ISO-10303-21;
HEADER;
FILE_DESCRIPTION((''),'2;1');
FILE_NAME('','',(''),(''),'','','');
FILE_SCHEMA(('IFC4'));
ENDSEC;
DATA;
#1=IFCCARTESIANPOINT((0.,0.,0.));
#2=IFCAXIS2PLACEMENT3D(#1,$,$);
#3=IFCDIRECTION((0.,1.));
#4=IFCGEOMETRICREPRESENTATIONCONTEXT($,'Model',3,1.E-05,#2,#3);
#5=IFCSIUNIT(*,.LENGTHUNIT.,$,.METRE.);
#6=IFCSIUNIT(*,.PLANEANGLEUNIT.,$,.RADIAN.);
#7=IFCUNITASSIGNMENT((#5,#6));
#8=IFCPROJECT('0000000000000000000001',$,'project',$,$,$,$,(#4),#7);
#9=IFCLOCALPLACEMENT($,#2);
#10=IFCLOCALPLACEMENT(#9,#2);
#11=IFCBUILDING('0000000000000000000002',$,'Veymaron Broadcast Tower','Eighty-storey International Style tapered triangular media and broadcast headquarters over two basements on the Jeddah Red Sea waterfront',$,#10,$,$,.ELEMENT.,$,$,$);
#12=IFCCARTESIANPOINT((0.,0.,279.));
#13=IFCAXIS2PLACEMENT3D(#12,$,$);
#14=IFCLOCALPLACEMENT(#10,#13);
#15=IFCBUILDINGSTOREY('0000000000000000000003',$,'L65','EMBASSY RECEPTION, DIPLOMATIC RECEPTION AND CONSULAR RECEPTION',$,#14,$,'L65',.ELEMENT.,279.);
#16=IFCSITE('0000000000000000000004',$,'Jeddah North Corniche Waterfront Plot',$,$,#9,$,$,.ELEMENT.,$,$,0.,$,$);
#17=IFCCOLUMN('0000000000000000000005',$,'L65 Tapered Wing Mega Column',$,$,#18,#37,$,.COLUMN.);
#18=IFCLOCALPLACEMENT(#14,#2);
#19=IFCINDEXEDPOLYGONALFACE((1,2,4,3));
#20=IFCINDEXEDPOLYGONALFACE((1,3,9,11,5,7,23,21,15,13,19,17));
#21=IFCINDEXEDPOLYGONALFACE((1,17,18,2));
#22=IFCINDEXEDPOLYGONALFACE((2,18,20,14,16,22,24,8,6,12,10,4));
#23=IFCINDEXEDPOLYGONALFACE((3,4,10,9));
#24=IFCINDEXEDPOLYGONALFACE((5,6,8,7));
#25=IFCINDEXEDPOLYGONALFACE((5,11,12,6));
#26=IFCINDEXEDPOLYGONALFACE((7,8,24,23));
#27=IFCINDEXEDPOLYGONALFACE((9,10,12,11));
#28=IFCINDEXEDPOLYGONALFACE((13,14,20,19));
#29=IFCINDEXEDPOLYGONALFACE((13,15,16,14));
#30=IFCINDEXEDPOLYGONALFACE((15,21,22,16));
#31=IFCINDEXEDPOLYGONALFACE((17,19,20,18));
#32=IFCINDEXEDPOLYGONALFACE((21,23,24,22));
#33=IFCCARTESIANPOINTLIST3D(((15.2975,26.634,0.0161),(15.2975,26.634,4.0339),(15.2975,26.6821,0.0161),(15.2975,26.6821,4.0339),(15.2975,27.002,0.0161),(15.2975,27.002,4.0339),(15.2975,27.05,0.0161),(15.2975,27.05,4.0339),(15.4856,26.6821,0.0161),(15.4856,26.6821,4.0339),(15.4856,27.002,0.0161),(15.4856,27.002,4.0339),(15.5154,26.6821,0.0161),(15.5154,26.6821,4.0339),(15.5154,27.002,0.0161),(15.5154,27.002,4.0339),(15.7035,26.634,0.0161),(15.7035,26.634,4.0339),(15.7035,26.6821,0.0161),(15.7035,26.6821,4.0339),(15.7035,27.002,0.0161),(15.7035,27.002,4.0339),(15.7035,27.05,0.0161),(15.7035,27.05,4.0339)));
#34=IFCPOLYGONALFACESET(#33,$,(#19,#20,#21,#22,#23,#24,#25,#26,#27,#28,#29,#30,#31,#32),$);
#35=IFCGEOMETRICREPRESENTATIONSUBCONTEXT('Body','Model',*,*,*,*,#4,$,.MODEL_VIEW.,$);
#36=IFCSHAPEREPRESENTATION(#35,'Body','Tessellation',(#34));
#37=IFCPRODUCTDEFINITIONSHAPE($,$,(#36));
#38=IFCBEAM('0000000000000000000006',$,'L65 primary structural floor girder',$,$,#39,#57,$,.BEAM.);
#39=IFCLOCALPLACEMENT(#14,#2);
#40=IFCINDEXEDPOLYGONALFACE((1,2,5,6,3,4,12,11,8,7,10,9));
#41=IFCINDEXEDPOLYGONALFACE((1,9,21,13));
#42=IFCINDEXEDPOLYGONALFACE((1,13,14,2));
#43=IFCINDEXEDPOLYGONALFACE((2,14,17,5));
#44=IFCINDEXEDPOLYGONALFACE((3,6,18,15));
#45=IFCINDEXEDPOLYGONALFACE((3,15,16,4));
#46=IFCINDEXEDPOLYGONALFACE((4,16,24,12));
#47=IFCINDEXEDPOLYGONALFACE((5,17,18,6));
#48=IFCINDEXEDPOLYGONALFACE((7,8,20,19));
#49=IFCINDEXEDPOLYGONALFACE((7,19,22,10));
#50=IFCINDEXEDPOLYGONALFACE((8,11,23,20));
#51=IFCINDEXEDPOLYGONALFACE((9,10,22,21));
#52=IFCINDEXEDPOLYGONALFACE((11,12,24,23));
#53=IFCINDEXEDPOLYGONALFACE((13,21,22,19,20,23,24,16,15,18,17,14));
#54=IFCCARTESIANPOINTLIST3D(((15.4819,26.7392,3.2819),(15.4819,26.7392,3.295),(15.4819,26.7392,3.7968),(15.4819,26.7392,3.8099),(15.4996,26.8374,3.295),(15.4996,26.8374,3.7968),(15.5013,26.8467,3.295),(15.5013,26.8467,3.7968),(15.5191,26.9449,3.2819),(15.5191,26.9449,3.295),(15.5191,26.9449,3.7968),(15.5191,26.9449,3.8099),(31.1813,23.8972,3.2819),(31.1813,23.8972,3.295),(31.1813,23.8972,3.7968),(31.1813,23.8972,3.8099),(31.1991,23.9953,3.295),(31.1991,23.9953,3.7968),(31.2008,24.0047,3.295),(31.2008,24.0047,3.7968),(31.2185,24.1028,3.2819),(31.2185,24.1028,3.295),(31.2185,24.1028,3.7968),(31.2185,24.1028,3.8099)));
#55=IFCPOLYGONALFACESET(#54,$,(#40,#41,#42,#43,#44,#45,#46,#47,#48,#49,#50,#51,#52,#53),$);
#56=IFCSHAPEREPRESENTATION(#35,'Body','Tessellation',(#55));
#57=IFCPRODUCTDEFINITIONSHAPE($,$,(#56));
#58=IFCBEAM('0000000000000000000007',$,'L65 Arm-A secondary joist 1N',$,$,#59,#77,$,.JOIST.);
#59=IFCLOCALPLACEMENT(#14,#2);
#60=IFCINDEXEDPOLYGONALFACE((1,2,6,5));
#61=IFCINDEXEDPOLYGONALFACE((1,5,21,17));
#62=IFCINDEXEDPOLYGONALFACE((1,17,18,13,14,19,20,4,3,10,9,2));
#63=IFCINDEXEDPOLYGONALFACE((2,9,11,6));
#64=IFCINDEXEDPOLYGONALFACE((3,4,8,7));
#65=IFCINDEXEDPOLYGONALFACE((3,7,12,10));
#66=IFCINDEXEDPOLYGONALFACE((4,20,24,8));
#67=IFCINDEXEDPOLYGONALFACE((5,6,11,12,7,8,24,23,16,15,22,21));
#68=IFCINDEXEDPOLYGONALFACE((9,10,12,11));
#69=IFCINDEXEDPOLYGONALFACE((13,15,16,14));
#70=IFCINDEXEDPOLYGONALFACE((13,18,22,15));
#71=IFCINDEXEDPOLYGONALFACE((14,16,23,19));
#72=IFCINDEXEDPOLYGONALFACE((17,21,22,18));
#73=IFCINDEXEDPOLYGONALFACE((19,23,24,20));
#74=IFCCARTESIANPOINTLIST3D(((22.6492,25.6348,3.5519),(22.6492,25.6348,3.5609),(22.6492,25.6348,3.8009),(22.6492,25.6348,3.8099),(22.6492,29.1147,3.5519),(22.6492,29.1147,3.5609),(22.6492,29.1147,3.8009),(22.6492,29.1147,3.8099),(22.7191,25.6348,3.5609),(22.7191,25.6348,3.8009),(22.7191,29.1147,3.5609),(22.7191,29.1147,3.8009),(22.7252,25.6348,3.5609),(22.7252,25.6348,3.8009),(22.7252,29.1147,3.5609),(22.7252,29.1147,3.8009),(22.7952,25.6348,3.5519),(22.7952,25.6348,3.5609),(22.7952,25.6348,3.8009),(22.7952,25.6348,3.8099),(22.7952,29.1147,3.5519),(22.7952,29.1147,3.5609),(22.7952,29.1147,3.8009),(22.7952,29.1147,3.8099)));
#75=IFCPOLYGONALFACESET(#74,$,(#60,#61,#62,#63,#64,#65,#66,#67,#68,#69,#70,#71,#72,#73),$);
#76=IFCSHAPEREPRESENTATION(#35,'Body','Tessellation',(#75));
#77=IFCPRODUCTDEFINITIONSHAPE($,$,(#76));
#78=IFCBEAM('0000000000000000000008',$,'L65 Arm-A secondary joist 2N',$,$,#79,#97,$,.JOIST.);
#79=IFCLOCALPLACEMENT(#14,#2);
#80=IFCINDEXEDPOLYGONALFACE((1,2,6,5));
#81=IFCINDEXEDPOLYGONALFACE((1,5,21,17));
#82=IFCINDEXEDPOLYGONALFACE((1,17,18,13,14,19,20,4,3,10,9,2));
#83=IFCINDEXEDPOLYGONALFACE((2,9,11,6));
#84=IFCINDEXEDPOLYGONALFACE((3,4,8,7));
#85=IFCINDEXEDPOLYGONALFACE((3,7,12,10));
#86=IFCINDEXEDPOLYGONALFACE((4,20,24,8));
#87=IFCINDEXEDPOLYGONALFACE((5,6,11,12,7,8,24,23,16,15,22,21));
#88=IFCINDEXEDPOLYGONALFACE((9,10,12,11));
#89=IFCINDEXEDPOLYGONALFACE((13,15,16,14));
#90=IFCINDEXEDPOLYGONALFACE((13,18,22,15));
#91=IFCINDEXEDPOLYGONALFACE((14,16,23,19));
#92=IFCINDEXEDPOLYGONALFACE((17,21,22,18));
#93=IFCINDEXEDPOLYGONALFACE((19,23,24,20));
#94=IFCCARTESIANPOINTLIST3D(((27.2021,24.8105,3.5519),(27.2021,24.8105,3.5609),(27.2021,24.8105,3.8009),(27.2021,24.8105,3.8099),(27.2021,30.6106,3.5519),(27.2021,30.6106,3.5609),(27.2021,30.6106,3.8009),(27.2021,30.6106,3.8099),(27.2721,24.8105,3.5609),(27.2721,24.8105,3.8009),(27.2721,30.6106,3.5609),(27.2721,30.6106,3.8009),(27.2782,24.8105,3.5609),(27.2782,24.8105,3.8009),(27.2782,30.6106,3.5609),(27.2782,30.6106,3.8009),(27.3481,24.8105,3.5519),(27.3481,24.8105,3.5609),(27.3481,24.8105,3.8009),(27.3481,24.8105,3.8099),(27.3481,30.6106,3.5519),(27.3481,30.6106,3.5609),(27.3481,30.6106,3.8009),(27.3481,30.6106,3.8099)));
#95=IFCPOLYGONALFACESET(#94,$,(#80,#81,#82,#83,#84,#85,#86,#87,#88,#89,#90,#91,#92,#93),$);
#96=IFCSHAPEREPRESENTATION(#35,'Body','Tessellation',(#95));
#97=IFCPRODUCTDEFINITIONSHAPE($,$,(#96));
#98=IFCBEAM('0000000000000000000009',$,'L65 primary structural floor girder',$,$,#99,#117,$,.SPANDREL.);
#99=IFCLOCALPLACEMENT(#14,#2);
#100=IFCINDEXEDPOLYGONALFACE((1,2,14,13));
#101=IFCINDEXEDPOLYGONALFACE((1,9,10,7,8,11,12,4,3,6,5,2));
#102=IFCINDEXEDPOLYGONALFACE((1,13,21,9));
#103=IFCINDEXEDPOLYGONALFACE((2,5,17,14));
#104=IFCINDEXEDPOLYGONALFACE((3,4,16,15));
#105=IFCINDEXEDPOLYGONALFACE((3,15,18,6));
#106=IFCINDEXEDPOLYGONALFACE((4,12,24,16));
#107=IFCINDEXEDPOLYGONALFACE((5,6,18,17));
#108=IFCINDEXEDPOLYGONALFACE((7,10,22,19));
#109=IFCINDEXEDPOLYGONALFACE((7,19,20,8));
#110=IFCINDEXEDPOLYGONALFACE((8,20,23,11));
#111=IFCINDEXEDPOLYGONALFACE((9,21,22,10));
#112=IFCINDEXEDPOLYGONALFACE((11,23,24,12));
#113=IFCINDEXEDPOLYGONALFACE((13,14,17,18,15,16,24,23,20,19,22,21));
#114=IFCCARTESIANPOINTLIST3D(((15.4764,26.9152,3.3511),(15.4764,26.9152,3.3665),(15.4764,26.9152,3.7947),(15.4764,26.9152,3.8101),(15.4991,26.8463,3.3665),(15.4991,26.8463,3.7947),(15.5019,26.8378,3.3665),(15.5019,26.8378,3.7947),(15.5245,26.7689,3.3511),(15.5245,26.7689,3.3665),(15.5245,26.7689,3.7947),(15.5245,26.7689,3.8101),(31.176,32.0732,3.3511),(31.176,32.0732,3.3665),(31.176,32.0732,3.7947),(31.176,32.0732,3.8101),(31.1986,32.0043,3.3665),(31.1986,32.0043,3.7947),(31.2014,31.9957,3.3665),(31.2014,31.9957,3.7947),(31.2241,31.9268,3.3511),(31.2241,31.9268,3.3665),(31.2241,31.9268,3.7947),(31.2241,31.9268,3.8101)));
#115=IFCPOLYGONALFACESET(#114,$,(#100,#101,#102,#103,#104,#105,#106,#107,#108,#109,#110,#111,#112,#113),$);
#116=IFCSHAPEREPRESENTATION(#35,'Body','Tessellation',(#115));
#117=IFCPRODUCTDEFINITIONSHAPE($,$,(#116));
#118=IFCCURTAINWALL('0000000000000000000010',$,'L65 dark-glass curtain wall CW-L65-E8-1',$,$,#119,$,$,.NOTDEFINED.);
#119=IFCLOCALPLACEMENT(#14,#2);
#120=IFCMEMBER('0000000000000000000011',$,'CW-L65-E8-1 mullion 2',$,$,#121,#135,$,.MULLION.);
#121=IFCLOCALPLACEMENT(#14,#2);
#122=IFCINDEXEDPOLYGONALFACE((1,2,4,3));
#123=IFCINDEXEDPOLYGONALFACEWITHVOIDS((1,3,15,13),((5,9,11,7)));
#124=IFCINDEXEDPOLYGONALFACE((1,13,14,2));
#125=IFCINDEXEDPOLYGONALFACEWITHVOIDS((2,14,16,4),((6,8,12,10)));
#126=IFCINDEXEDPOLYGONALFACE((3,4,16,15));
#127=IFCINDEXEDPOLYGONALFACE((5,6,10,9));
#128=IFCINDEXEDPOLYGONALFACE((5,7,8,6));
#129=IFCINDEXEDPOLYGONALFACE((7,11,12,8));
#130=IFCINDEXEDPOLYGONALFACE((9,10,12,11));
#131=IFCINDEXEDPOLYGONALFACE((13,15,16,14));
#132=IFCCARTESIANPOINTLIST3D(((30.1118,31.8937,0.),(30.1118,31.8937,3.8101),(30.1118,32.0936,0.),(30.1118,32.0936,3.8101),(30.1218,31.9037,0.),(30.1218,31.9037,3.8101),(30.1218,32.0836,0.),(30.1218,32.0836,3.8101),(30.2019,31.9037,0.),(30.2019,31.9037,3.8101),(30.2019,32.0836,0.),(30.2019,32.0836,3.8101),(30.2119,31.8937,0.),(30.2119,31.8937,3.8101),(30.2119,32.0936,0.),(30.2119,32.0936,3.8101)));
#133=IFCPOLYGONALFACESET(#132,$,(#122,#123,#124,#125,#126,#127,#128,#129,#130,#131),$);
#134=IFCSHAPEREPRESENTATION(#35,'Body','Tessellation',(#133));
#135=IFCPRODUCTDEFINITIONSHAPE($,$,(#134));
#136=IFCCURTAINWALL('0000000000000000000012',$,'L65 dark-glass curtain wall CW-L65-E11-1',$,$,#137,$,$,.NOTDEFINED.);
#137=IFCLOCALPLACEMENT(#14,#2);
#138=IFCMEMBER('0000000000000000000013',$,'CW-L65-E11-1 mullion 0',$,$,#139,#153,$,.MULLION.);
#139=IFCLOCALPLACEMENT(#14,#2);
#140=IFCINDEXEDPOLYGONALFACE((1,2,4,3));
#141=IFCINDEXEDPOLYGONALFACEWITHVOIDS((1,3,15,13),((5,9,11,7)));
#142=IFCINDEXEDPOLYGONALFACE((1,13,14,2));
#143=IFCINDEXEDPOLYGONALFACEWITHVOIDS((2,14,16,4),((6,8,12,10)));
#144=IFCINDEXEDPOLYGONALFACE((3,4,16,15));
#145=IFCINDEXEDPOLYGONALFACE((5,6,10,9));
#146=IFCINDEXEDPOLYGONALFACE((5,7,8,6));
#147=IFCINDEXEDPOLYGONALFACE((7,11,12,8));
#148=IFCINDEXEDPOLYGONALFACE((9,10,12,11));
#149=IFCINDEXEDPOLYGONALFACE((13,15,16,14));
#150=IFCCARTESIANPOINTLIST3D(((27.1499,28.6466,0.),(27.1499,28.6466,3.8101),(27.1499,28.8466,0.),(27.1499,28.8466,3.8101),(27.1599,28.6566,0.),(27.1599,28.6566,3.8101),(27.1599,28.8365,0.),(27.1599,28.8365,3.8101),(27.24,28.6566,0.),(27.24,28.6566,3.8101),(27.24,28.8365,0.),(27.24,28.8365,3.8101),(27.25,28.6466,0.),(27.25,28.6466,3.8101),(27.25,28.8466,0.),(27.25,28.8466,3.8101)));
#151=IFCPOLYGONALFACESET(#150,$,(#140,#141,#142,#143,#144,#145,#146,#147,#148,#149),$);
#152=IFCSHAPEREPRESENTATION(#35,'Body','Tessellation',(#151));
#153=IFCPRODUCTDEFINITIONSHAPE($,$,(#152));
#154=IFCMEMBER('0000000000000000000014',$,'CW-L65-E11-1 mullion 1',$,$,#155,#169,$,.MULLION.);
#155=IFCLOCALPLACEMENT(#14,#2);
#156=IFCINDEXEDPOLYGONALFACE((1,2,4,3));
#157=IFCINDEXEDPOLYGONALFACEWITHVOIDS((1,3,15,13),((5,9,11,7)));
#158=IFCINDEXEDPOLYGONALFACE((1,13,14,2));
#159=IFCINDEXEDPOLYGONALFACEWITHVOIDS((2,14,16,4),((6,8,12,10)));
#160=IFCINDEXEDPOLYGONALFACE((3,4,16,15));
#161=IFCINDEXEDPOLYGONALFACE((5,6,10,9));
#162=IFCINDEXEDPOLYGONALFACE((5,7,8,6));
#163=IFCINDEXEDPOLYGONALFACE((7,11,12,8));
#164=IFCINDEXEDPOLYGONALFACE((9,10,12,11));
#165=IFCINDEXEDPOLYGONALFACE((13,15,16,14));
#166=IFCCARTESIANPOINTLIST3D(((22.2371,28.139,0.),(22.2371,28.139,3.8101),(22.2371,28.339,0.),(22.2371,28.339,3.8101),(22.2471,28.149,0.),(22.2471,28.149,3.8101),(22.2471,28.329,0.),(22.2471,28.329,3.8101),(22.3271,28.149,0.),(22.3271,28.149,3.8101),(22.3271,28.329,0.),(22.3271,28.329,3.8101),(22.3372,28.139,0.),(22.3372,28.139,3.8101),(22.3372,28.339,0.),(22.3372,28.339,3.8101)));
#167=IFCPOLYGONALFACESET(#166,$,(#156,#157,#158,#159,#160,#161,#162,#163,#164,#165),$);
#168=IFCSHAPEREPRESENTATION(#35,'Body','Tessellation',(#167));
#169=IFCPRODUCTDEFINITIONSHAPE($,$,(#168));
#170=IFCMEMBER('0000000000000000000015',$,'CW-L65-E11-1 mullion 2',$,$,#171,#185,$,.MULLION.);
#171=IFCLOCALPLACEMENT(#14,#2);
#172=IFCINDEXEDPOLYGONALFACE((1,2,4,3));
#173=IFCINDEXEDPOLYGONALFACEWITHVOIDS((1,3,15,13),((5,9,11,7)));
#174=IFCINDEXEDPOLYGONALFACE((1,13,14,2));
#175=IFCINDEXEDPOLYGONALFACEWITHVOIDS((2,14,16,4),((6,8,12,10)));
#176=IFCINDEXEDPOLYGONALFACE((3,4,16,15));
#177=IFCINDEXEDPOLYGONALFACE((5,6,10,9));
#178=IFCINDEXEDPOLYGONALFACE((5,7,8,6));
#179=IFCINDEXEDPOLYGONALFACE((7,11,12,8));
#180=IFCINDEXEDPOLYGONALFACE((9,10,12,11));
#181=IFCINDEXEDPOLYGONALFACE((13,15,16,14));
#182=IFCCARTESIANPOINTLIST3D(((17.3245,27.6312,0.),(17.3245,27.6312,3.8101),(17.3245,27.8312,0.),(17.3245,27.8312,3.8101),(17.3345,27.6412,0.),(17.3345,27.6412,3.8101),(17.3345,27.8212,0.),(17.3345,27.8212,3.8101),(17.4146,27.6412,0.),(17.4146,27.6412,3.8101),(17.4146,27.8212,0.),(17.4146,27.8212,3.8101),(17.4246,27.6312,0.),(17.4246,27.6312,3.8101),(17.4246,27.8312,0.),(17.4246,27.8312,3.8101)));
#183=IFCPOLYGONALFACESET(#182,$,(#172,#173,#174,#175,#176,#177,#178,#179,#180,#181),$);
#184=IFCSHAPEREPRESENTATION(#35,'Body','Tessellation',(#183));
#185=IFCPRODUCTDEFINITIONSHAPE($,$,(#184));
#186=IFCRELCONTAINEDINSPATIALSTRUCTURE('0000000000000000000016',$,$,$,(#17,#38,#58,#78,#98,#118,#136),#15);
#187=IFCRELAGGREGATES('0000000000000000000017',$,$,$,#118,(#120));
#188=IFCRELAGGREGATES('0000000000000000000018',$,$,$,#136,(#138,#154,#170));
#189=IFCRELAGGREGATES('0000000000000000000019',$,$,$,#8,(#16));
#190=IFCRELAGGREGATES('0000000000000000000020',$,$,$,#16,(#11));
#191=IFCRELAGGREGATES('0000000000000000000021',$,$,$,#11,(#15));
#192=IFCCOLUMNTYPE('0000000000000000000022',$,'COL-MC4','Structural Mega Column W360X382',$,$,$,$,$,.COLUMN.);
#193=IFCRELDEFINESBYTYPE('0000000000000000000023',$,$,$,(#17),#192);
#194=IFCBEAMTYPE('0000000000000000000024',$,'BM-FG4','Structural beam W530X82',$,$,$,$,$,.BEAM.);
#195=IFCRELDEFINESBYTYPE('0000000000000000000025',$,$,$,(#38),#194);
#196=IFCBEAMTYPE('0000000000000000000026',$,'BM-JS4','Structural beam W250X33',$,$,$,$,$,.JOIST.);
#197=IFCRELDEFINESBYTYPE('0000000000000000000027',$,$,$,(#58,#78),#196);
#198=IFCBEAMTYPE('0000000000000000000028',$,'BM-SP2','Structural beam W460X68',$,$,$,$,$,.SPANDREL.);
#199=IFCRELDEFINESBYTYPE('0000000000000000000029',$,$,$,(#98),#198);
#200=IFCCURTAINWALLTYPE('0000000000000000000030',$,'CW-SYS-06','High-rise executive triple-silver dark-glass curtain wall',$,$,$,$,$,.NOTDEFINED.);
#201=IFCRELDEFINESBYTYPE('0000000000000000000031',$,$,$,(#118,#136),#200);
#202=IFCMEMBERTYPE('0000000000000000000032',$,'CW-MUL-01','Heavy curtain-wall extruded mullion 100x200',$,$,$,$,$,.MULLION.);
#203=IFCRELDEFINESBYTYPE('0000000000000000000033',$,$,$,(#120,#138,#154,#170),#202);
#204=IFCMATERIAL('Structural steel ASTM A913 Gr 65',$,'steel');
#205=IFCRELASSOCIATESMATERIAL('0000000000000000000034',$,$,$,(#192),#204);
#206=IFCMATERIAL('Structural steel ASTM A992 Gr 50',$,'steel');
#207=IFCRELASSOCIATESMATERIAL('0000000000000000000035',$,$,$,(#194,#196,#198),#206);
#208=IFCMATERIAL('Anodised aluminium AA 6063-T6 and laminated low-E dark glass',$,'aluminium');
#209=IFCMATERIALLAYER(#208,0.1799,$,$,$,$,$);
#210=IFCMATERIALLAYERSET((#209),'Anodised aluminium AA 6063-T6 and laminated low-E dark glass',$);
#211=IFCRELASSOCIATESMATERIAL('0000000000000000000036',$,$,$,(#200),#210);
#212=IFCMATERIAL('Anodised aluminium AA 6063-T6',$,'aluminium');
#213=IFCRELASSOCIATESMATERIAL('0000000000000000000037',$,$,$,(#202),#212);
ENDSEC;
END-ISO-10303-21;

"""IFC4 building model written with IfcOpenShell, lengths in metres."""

from ifc_helpers import new_model, si_unit, direction, frame, origin, origin_2d, place, context, subcontext, project, spatial, hollow_rectangle, i_section, extrude, material, layer, layer_set, material_profile, profile_set, type_object, element, aggregate, save


model = new_model("IFC4")

# Units and contexts
model_context = context("Model", 3, precision=1e-05, world=origin(), true_north=direction((0.0, 1.0)))
body_context = subcontext(model_context, "Body", "Model", "MODEL_VIEW")
ifc_project = project(units=[si_unit("LENGTHUNIT", "METRE"), si_unit("PLANEANGLEUNIT", "RADIAN")], contexts=[model_context])

# Site, building, storey
site_placement = place(None, origin())
site = spatial("IfcSite", under=ifc_project, at=site_placement, Name="Jeddah North Corniche Waterfront Plot", CompositionType="ELEMENT", RefElevation=0.0)
building_placement = place(site_placement, origin())
building = spatial("IfcBuilding", under=site, at=building_placement, Name="Veymaron Broadcast Tower", Description="Eighty-storey International Style tapered triangular media and broadcast headquarters over two basements on the Jeddah Red Sea waterfront", CompositionType="ELEMENT")
storey_placement = place(building_placement, frame((0.0, 0.0, 279.0)))
storey = spatial("IfcBuildingStorey", under=building, at=storey_placement, Name="L65", Description="EMBASSY RECEPTION, DIPLOMATIC RECEPTION AND CONSULAR RECEPTION", LongName="L65", CompositionType="ELEMENT", Elevation=279.0)

# Column
ifc_material_1 = material(Name="Structural steel ASTM A913 Gr 65", Category="steel")
ifc_material_profile_1 = material_profile(ifc_material_1, i_section(OverallWidth=0.406, OverallDepth=0.416, WebThickness=0.0298, FlangeThickness=0.0481, at=origin_2d()), Name="W360X382")
ifc_profile_set_1 = profile_set([ifc_material_profile_1], Name="Structural steel ASTM A913 Gr 65")
column_type = type_object("IfcColumnType", Name="COL-MC4", Description="Structural Mega Column W360X382", PredefinedType="COLUMN", material=ifc_profile_set_1)
column_placement = place(storey_placement, frame((15.5005, 26.842, 0.0161), z_axis=(0.0, 0.0, 1.0), x_axis=(1.0, 0.0, 0.0)))
element("IfcColumn", 1, at=column_placement, inside=storey, type_object=column_type, Name="L65 Tapered Wing Mega Column", PredefinedType="COLUMN", context=body_context, shape_type="SweptSolid", body=[
    extrude(i_section(OverallWidth=0.406, OverallDepth=0.416, WebThickness=0.0298, FlangeThickness=0.0481, at=origin_2d()), origin(), (0.0, 0.0, 1.0), 4.0178),
])

# Beams
ifc_material_2 = material(Name="Structural steel ASTM A992 Gr 50", Category="steel")
ifc_material_profile_2 = material_profile(ifc_material_2, i_section(OverallWidth=0.209, OverallDepth=0.5281, WebThickness=0.0095, FlangeThickness=0.0132, at=origin_2d()), Name="W530X82")
ifc_profile_set_2 = profile_set([ifc_material_profile_2], Name="Structural steel ASTM A992 Gr 50")
beam_type_1 = type_object("IfcBeamType", Name="BM-FG4", Description="Structural beam W530X82", PredefinedType="BEAM", material=ifc_profile_set_2)
beam_1_placement = place(storey_placement, frame((15.5005, 26.842, 3.5459), z_axis=(0.984006, -0.178133, 0.0), x_axis=(0.178133, 0.984006, 0.0)))
element("IfcBeam", 2, at=beam_1_placement, inside=storey, type_object=beam_type_1, Name="L65 primary structural floor girder", PredefinedType="BEAM", context=body_context, shape_type="SweptSolid", body=[
    extrude(i_section(OverallWidth=0.209, OverallDepth=0.5281, WebThickness=0.0095, FlangeThickness=0.0132, at=origin_2d()), origin(), (0.0, 0.0, 1.0), 15.9546),
])
ifc_material_profile_3 = material_profile(ifc_material_2, i_section(OverallWidth=0.146, OverallDepth=0.2581, WebThickness=0.0061, FlangeThickness=0.009, at=origin_2d()), Name="W250X33")
ifc_profile_set_3 = profile_set([ifc_material_profile_3], Name="Structural steel ASTM A992 Gr 50")
beam_type_2 = type_object("IfcBeamType", Name="BM-JS4", Description="Structural beam W250X33", PredefinedType="JOIST", material=ifc_profile_set_3)
beam_2_placement = place(storey_placement, frame((22.7222, 25.6348, 3.6809), z_axis=(0.0, 1.0, 0.0), x_axis=(-1.0, 0.0, 0.0)))
element("IfcBeam", 3, at=beam_2_placement, inside=storey, type_object=beam_type_2, Name="L65 Arm-A secondary joist 1N", PredefinedType="JOIST", context=body_context, shape_type="SweptSolid", body=[
    extrude(i_section(OverallWidth=0.146, OverallDepth=0.2581, WebThickness=0.0061, FlangeThickness=0.009, at=origin_2d()), origin(), (0.0, 0.0, 1.0), 3.48),
])
beam_3_placement = place(storey_placement, frame((27.2751, 24.8105, 3.6809), z_axis=(0.0, 1.0, 0.0), x_axis=(-1.0, 0.0, 0.0)))
element("IfcBeam", 4, at=beam_3_placement, inside=storey, type_object=beam_type_2, Name="L65 Arm-A secondary joist 2N", PredefinedType="JOIST", context=body_context, shape_type="SweptSolid", body=[
    extrude(i_section(OverallWidth=0.146, OverallDepth=0.2581, WebThickness=0.0061, FlangeThickness=0.009, at=origin_2d()), origin(), (0.0, 0.0, 1.0), 5.8),
])
ifc_material_profile_4 = material_profile(ifc_material_2, i_section(OverallWidth=0.1541, OverallDepth=0.459, WebThickness=0.009, FlangeThickness=0.0154, at=origin_2d()), Name="W460X68")
ifc_profile_set_4 = profile_set([ifc_material_profile_4], Name="Structural steel ASTM A992 Gr 50")
beam_type_3 = type_object("IfcBeamType", Name="BM-SP2", Description="Structural beam W460X68", PredefinedType="SPANDREL", material=ifc_profile_set_4)
beam_4_placement = place(storey_placement, frame((15.5005, 26.842, 3.5806), z_axis=(0.95004, 0.312129, 0.0), x_axis=(-0.312129, 0.95004, 0.0)))
element("IfcBeam", 5, at=beam_4_placement, inside=storey, type_object=beam_type_3, Name="L65 primary structural floor girder", PredefinedType="SPANDREL", context=body_context, shape_type="SweptSolid", body=[
    extrude(i_section(OverallWidth=0.1541, OverallDepth=0.459, WebThickness=0.009, FlangeThickness=0.0154, at=origin_2d()), origin(), (0.0, 0.0, 1.0), 16.5251),
])

# Curtain wall, member
ifc_material_3 = material(Name="Anodised aluminium AA 6063-T6 and laminated low-E dark glass", Category="aluminium")
ifc_layer_1 = layer(ifc_material_3, 0.1799)
ifc_layer_set_1 = layer_set([ifc_layer_1], Name="Anodised aluminium AA 6063-T6 and laminated low-E dark glass")
curtain_wall_type = type_object("IfcCurtainWallType", Name="CW-SYS-06", Description="High-rise executive triple-silver dark-glass curtain wall", PredefinedType="NOTDEFINED", material=ifc_layer_set_1)
curtain_wall_1_placement = place(storey_placement, origin())
curtain_wall_1 = element("IfcCurtainWall", 6, at=curtain_wall_1_placement, inside=storey, type_object=curtain_wall_type, Name="L65 dark-glass curtain wall CW-L65-E8-1", PredefinedType="NOTDEFINED")
ifc_material_4 = material(Name="Anodised aluminium AA 6063-T6", Category="aluminium")
ifc_material_profile_5 = material_profile(ifc_material_4, hollow_rectangle(XDim=0.1001, YDim=0.2, WallThickness=0.01, at=origin_2d()), Name="RHS200X100X10")
ifc_profile_set_5 = profile_set([ifc_material_profile_5], Name="Anodised aluminium AA 6063-T6")
member_type_1 = type_object("IfcMemberType", Name="CW-MUL-01", Description="Heavy curtain-wall extruded mullion 100x200", PredefinedType="MULLION", material=ifc_profile_set_5)
member_1_placement = place(storey_placement, frame((30.1619, 31.9937, 0.0), z_axis=(0.0, 0.0, 1.0), x_axis=(1.0, 0.0, 0.0)))
member_1 = element("IfcMember", 7, at=member_1_placement, type_object=member_type_1, Name="CW-L65-E8-1 mullion 2", PredefinedType="MULLION", context=body_context, shape_type="SweptSolid", body=[
    extrude(hollow_rectangle(XDim=0.1001, YDim=0.2, WallThickness=0.01, at=origin_2d()), origin(), (0.0, 0.0, 1.0), 3.8101),
])

# Curtain wall, members
curtain_wall_2_placement = place(storey_placement, origin())
curtain_wall_2 = element("IfcCurtainWall", 8, at=curtain_wall_2_placement, inside=storey, type_object=curtain_wall_type, Name="L65 dark-glass curtain wall CW-L65-E11-1", PredefinedType="NOTDEFINED")
member_2_placement = place(storey_placement, frame((27.2, 28.7466, 0.0), z_axis=(0.0, 0.0, 1.0), x_axis=(1.0, 0.0, 0.0)))
member_2 = element("IfcMember", 9, at=member_2_placement, type_object=member_type_1, Name="CW-L65-E11-1 mullion 0", PredefinedType="MULLION", context=body_context, shape_type="SweptSolid", body=[
    extrude(hollow_rectangle(XDim=0.1001, YDim=0.2, WallThickness=0.01, at=origin_2d()), origin(), (0.0, 0.0, 1.0), 3.8101),
])
member_3_placement = place(storey_placement, frame((22.2871, 28.239, 0.0), z_axis=(0.0, 0.0, 1.0), x_axis=(1.0, 0.0, 0.0)))
member_3 = element("IfcMember", 10, at=member_3_placement, type_object=member_type_1, Name="CW-L65-E11-1 mullion 1", PredefinedType="MULLION", context=body_context, shape_type="SweptSolid", body=[
    extrude(hollow_rectangle(XDim=0.1001, YDim=0.2, WallThickness=0.01, at=origin_2d()), origin(), (0.0, 0.0, 1.0), 3.8101),
])
member_4_placement = place(storey_placement, frame((17.3745, 27.7312, 0.0), z_axis=(0.0, 0.0, 1.0), x_axis=(1.0, 0.0, 0.0)))
member_4 = element("IfcMember", 11, at=member_4_placement, type_object=member_type_1, Name="CW-L65-E11-1 mullion 2", PredefinedType="MULLION", context=body_context, shape_type="SweptSolid", body=[
    extrude(hollow_rectangle(XDim=0.1001, YDim=0.2, WallThickness=0.01, at=origin_2d()), origin(), (0.0, 0.0, 1.0), 3.8101),
])

aggregate(curtain_wall_1, [member_1])
aggregate(curtain_wall_2, [member_2, member_3, member_4])

save(model, "model.ifc")
